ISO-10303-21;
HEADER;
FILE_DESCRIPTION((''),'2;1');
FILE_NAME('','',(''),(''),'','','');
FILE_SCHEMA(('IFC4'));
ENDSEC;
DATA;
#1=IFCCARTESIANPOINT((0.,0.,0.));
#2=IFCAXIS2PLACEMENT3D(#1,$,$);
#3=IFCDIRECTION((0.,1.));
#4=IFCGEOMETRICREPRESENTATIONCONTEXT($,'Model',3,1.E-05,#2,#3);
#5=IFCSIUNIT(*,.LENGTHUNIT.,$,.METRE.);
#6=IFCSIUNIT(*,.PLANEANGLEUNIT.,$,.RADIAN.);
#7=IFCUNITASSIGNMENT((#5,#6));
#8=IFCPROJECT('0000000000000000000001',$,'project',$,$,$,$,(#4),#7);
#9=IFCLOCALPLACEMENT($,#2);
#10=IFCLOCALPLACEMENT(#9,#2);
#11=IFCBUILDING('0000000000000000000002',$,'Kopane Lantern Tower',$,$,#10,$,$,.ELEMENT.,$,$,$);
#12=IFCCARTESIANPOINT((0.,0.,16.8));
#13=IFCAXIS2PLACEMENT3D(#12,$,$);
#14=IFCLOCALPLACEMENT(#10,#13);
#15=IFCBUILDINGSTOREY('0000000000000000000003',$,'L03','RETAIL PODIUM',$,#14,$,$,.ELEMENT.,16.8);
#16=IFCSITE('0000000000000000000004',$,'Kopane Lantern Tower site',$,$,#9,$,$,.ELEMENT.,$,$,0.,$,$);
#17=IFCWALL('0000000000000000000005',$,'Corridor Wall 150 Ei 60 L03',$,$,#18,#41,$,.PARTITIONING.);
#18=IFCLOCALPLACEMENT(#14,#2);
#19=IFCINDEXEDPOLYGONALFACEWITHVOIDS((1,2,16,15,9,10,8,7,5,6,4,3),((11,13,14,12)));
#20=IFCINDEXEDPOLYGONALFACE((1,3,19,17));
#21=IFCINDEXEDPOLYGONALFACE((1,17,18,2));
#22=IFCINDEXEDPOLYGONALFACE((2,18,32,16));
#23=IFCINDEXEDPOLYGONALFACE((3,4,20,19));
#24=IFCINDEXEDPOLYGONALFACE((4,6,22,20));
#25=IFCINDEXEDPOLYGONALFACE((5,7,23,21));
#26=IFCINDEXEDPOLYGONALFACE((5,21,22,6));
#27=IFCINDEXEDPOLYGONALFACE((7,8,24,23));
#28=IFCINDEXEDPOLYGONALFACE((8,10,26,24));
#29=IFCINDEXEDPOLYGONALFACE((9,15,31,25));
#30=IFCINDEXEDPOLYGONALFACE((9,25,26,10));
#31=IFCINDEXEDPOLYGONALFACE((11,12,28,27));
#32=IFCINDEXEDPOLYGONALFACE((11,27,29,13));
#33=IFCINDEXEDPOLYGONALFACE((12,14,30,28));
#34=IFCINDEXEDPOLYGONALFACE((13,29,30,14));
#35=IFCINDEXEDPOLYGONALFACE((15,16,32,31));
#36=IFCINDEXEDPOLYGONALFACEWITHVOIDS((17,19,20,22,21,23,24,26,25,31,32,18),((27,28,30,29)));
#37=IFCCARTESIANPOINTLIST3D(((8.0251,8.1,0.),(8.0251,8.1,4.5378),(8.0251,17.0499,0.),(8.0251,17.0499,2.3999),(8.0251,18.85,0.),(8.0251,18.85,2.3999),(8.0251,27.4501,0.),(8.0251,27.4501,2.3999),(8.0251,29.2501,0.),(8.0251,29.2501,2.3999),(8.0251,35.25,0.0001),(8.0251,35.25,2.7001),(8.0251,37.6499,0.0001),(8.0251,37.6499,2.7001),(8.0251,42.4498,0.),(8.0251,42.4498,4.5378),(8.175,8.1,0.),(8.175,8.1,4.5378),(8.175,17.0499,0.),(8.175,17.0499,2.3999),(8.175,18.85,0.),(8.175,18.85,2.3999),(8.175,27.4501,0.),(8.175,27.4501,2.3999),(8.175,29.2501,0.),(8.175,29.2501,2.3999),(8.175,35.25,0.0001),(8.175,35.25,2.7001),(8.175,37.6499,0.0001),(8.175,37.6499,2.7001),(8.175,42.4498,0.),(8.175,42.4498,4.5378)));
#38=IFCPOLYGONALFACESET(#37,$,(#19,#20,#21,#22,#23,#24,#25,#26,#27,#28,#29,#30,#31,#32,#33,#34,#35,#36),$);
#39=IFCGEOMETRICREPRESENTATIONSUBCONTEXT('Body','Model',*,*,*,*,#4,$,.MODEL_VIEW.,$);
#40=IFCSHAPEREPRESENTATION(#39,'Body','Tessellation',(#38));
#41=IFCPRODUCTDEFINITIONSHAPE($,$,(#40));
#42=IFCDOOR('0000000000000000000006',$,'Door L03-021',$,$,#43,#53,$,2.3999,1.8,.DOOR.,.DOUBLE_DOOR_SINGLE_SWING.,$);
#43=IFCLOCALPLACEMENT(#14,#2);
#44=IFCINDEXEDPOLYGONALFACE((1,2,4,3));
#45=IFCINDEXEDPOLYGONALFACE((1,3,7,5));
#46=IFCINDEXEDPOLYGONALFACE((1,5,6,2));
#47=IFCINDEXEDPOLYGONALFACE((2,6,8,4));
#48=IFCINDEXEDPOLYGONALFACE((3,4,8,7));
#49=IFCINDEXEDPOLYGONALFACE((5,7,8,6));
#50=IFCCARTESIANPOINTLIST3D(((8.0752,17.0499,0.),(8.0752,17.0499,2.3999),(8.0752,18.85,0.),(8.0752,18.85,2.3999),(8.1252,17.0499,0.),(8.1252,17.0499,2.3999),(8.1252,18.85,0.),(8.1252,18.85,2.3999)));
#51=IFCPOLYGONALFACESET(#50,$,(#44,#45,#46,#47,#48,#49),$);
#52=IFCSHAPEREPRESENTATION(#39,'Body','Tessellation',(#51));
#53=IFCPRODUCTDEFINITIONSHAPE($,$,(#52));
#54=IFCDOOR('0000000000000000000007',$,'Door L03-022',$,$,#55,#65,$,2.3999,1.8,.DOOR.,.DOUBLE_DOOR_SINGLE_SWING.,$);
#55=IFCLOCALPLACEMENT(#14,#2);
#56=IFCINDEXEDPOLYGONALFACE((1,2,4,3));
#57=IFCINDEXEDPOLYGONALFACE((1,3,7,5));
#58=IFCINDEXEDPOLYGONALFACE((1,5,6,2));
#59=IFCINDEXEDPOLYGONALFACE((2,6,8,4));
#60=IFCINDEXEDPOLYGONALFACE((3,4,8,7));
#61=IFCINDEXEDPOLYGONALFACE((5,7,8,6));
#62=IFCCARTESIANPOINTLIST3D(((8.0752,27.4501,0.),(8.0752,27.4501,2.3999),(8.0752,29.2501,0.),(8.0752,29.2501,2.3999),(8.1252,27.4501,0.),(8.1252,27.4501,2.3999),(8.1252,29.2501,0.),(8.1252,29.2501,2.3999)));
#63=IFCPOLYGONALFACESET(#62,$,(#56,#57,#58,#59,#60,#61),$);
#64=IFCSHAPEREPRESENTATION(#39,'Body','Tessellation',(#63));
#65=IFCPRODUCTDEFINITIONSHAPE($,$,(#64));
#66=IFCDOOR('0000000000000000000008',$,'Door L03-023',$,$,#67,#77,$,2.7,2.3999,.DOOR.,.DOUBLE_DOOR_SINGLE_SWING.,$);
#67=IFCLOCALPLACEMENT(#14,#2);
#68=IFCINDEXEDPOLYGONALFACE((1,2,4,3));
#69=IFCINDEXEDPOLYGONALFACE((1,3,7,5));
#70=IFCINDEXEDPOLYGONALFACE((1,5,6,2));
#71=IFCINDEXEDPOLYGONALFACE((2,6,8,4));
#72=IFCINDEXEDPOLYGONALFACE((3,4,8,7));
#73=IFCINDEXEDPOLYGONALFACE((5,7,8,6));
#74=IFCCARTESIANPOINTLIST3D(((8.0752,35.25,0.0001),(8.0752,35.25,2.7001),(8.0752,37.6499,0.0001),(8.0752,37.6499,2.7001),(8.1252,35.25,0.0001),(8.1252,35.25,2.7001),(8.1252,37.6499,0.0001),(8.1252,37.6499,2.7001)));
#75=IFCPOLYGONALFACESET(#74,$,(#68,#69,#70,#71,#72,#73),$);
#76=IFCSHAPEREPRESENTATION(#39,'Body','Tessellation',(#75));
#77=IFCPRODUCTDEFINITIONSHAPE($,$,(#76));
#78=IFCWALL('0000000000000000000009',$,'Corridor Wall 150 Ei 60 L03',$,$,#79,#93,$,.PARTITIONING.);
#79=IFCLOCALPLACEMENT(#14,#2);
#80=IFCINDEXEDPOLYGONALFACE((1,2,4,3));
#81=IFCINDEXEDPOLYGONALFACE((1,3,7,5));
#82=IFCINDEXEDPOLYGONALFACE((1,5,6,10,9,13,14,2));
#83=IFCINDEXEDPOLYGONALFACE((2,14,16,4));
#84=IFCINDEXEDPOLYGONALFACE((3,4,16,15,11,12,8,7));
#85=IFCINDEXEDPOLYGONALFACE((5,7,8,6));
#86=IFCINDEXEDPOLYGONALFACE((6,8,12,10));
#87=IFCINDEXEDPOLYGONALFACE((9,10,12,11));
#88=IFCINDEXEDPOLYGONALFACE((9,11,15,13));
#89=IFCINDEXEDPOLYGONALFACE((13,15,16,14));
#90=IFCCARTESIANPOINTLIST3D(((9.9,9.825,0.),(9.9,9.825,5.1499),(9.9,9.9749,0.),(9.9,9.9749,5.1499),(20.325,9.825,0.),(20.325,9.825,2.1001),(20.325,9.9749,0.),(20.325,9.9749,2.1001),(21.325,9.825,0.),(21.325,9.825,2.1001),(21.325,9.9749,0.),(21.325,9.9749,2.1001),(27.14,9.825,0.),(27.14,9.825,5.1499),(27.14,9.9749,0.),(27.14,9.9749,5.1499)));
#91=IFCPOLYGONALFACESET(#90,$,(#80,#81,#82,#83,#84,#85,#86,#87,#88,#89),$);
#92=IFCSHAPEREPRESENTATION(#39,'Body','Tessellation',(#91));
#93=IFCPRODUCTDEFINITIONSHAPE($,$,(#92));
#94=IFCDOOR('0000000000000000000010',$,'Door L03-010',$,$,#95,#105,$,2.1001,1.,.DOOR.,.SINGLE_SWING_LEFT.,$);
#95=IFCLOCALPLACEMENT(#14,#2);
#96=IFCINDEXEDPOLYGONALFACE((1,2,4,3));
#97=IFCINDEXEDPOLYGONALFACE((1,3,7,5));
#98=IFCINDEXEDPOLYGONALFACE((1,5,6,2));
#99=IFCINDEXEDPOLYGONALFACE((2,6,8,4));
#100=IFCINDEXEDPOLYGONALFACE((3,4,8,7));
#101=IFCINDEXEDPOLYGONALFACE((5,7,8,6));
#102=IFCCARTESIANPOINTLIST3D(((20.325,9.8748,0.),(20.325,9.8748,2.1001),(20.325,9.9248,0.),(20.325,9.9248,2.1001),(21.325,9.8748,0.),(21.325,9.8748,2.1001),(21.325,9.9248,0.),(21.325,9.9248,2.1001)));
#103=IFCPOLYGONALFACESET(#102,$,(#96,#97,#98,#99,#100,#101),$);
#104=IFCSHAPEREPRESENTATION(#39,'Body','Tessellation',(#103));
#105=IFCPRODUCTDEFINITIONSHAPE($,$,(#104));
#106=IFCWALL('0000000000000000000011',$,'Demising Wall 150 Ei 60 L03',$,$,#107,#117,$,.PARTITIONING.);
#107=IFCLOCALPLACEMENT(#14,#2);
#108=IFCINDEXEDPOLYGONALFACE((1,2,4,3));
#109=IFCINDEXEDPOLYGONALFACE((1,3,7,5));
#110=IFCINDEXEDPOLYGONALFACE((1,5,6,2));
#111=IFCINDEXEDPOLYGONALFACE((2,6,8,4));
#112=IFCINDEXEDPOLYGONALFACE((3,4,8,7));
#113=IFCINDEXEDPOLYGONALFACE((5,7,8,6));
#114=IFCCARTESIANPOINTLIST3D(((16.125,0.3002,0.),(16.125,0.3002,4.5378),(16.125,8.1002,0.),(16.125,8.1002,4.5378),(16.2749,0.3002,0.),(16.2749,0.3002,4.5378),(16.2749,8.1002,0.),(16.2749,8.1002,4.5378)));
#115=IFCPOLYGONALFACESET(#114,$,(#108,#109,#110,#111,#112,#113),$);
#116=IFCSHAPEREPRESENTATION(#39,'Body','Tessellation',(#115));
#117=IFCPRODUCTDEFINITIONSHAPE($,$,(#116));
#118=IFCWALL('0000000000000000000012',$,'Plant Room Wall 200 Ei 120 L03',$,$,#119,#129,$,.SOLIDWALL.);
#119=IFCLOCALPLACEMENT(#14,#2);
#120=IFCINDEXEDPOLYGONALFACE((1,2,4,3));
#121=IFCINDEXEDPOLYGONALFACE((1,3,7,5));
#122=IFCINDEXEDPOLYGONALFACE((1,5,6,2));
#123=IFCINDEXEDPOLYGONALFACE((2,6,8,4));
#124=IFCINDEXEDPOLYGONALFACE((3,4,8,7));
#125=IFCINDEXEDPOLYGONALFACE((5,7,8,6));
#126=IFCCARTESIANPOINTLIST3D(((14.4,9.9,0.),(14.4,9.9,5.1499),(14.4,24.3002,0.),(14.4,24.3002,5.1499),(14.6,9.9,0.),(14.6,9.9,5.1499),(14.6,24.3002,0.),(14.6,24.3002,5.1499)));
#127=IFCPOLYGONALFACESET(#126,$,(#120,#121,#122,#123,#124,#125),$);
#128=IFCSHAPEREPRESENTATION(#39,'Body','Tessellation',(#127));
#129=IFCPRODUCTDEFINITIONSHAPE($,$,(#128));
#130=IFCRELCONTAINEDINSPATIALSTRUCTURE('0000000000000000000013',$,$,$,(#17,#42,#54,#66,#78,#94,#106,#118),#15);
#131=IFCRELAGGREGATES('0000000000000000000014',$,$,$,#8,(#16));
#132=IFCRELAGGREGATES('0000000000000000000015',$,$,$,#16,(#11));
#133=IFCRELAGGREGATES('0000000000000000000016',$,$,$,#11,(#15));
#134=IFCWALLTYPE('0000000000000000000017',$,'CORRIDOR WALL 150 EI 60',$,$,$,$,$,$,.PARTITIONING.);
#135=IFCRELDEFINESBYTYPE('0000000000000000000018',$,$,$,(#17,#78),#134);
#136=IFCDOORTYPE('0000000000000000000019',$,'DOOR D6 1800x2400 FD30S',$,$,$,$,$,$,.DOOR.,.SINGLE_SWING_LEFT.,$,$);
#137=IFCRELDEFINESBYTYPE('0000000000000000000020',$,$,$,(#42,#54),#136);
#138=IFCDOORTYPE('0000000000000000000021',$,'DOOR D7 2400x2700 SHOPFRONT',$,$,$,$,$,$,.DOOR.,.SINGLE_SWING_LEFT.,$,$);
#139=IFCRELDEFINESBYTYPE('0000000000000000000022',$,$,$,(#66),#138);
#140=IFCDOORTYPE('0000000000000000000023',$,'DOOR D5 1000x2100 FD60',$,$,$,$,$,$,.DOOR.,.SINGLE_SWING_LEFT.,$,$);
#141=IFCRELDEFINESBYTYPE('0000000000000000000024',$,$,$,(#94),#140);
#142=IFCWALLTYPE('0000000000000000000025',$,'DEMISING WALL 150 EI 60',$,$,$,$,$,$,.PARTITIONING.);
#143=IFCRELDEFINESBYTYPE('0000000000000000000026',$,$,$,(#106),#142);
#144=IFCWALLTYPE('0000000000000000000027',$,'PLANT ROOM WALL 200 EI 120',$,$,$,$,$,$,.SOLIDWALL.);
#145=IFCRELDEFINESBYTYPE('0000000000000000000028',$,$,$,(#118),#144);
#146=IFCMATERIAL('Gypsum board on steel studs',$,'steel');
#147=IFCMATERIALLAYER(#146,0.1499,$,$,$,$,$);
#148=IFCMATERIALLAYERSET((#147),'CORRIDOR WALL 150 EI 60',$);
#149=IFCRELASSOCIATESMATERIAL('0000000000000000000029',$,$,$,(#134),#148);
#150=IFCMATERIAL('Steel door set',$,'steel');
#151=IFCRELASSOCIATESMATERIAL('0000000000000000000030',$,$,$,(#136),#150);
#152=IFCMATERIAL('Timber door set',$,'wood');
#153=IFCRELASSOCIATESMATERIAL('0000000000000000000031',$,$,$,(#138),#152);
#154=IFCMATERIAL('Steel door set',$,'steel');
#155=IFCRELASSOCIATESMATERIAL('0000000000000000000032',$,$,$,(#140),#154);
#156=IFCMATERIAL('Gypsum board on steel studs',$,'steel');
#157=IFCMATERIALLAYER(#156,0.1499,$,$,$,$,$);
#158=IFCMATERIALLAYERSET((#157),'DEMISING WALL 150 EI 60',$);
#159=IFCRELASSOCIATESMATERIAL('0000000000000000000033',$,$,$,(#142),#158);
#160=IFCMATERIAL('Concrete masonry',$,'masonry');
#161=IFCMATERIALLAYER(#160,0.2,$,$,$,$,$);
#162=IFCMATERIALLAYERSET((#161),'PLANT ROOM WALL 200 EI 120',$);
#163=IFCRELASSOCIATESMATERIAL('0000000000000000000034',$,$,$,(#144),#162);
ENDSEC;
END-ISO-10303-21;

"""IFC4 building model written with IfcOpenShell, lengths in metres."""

from ifc_helpers import new_model, si_unit, direction, frame, frame_2d, origin, place, context, subcontext, project, spatial, rectangle, extrude, material, layer, layer_set, type_object, element, fill, save


model = new_model("IFC4")

# Units and contexts
model_context = context("Model", 3, precision=1e-05, world=origin(), true_north=direction((0.0, 1.0)))
body_context = subcontext(model_context, "Body", "Model", "MODEL_VIEW")
ifc_project = project(units=[si_unit("LENGTHUNIT", "METRE"), si_unit("PLANEANGLEUNIT", "RADIAN")], contexts=[model_context])

# Site, building, storey
site_placement = place(None, origin())
site = spatial("IfcSite", under=ifc_project, at=site_placement, Name="Kopane Lantern Tower site", CompositionType="ELEMENT", RefElevation=0.0)
building_placement = place(site_placement, origin())
building = spatial("IfcBuilding", under=site, at=building_placement, Name="Kopane Lantern Tower", CompositionType="ELEMENT")
storey_placement = place(building_placement, frame((0.0, 0.0, 16.8)))
storey = spatial("IfcBuildingStorey", under=building, at=storey_placement, Name="L03", Description="RETAIL PODIUM", CompositionType="ELEMENT", Elevation=16.8)

# Wall, openings, doors
ifc_material_1 = material(Name="Gypsum board on steel studs", Category="steel")
ifc_layer_1 = layer(ifc_material_1, 0.1499)
ifc_layer_set_1 = layer_set([ifc_layer_1], Name="CORRIDOR WALL 150 EI 60")
wall_type_1 = type_object("IfcWallType", Name="CORRIDOR WALL 150 EI 60", PredefinedType="PARTITIONING", material=ifc_layer_set_1)
ifc_material_2 = material(Name="Steel door set", Category="steel")
door_type_1 = type_object("IfcDoorType", Name="DOOR D6 1800x2400 FD30S", OperationType="SINGLE_SWING_LEFT", PredefinedType="DOOR", material=ifc_material_2)
ifc_material_3 = material(Name="Timber door set", Category="wood")
door_type_2 = type_object("IfcDoorType", Name="DOOR D7 2400x2700 SHOPFRONT", OperationType="SINGLE_SWING_LEFT", PredefinedType="DOOR", material=ifc_material_3)
wall_1_placement = place(storey_placement, frame((8.1001, 8.1001, 0.0), z_axis=(0.0, 0.0, 1.0), x_axis=(0.0, 1.0, 0.0)))
wall_1 = element("IfcWall", 1, at=wall_1_placement, inside=storey, type_object=wall_type_1, Name="Corridor Wall 150 Ei 60 L03", PredefinedType="PARTITIONING", context=body_context, shape_type="SweptSolid", body=[
    extrude(rectangle(XDim=34.3499, YDim=0.1499, at=frame_2d((17.1748, 0.0))), origin(), (0.0, 0.0, 1.0), 4.5378),
])
opening_1_placement = place(wall_1_placement, frame((8.95, 0.0, 0.0)))
opening_1 = element("IfcOpeningElement", 2, at=opening_1_placement, cuts=wall_1, PredefinedType="OPENING", context=body_context, shape_type="SweptSolid", body=[
    extrude(rectangle(XDim=1.8, YDim=2.3999, at=frame_2d((0.8999, 1.2))), frame((0.0, 0.085, 0.0), z_axis=(0.0, -1.0, 0.0), x_axis=(1.0, 0.0, 0.0)), (0.0, 0.0, 1.0), 0.1699),
])
opening_2_placement = place(wall_1_placement, frame((19.3501, 0.0, 0.0)))
opening_2 = element("IfcOpeningElement", 3, at=opening_2_placement, cuts=wall_1, PredefinedType="OPENING", context=body_context, shape_type="SweptSolid", body=[
    extrude(rectangle(XDim=1.8, YDim=2.3999, at=frame_2d((0.8999, 1.2))), frame((0.0, 0.085, 0.0), z_axis=(0.0, -1.0, 0.0), x_axis=(1.0, 0.0, 0.0)), (0.0, 0.0, 1.0), 0.1699),
])
opening_3_placement = place(wall_1_placement, frame((27.1499, 0.0, 0.0)))
opening_3 = element("IfcOpeningElement", 4, at=opening_3_placement, cuts=wall_1, PredefinedType="OPENING", context=body_context, shape_type="SweptSolid", body=[
    extrude(rectangle(XDim=2.3999, YDim=2.7, at=frame_2d((1.2, 1.3501))), frame((0.0, 0.085, 0.0), z_axis=(0.0, -1.0, 0.0), x_axis=(1.0, 0.0, 0.0)), (0.0, 0.0, 1.0), 0.1699),
])
door_1_placement = place(opening_1_placement, origin())
door_1 = element("IfcDoor", 5, at=door_1_placement, inside=storey, type_object=door_type_1, Name="Door L03-021", OperationType="DOUBLE_DOOR_SINGLE_SWING", OverallHeight=2.3999, OverallWidth=1.8, PredefinedType="DOOR", context=body_context, shape_type="SweptSolid", body=[
    extrude(rectangle(XDim=1.8, YDim=2.3999, at=frame_2d((0.8999, 1.2))), frame((0.0, 0.0249, 0.0), z_axis=(0.0, -1.0, 0.0), x_axis=(1.0, 0.0, 0.0)), (0.0, 0.0, 1.0), 0.05),
])
fill(opening_1, door_1)
door_2_placement = place(opening_2_placement, origin())
door_2 = element("IfcDoor", 6, at=door_2_placement, inside=storey, type_object=door_type_1, Name="Door L03-022", OperationType="DOUBLE_DOOR_SINGLE_SWING", OverallHeight=2.3999, OverallWidth=1.8, PredefinedType="DOOR", context=body_context, shape_type="SweptSolid", body=[
    extrude(rectangle(XDim=1.8, YDim=2.3999, at=frame_2d((0.8999, 1.2))), frame((0.0, 0.0249, 0.0), z_axis=(0.0, -1.0, 0.0), x_axis=(1.0, 0.0, 0.0)), (0.0, 0.0, 1.0), 0.05),
])
fill(opening_2, door_2)
door_3_placement = place(opening_3_placement, origin())
door_3 = element("IfcDoor", 7, at=door_3_placement, inside=storey, type_object=door_type_2, Name="Door L03-023", OperationType="DOUBLE_DOOR_SINGLE_SWING", OverallHeight=2.7, OverallWidth=2.3999, PredefinedType="DOOR", context=body_context, shape_type="SweptSolid", body=[
    extrude(rectangle(XDim=2.3999, YDim=2.7, at=frame_2d((1.2, 1.3501))), frame((0.0, 0.0249, 0.0), z_axis=(0.0, -1.0, 0.0), x_axis=(1.0, 0.0, 0.0)), (0.0, 0.0, 1.0), 0.05),
])
fill(opening_3, door_3)

# Wall, opening, door
wall_2_placement = place(storey_placement, frame((9.8999, 9.8999, 0.0), z_axis=(0.0, 0.0, 1.0), x_axis=(1.0, 0.0, 0.0)))
wall_2 = element("IfcWall", 8, at=wall_2_placement, inside=storey, type_object=wall_type_1, Name="Corridor Wall 150 Ei 60 L03", PredefinedType="PARTITIONING", context=body_context, shape_type="SweptSolid", body=[
    extrude(rectangle(XDim=17.24, YDim=0.1499, at=frame_2d((8.6201, 0.0))), origin(), (0.0, 0.0, 1.0), 5.1499),
])
opening_4_placement = place(wall_2_placement, frame((10.425, 0.0, 0.0)))
opening_4 = element("IfcOpeningElement", 9, at=opening_4_placement, cuts=wall_2, PredefinedType="OPENING", context=body_context, shape_type="SweptSolid", body=[
    extrude(rectangle(XDim=1.0, YDim=2.1001, at=frame_2d((0.5, 1.05))), frame((0.0, 0.085, 0.0), z_axis=(0.0, -1.0, 0.0), x_axis=(1.0, 0.0, 0.0)), (0.0, 0.0, 1.0), 0.1699),
])
ifc_material_4 = material(Name="Steel door set", Category="steel")
door_type_3 = type_object("IfcDoorType", Name="DOOR D5 1000x2100 FD60", OperationType="SINGLE_SWING_LEFT", PredefinedType="DOOR", material=ifc_material_4)
door_4_placement = place(opening_4_placement, origin())
door_4 = element("IfcDoor", 10, at=door_4_placement, inside=storey, type_object=door_type_3, Name="Door L03-010", OperationType="SINGLE_SWING_LEFT", OverallHeight=2.1001, OverallWidth=1.0, PredefinedType="DOOR", context=body_context, shape_type="SweptSolid", body=[
    extrude(rectangle(XDim=1.0, YDim=2.1001, at=frame_2d((0.5, 1.05))), frame((0.0, 0.0249, 0.0), z_axis=(0.0, -1.0, 0.0), x_axis=(1.0, 0.0, 0.0)), (0.0, 0.0, 1.0), 0.05),
])
fill(opening_4, door_4)

# Walls
ifc_material_5 = material(Name="Gypsum board on steel studs", Category="steel")
ifc_layer_2 = layer(ifc_material_5, 0.1499)
ifc_layer_set_2 = layer_set([ifc_layer_2], Name="DEMISING WALL 150 EI 60")
wall_type_2 = type_object("IfcWallType", Name="DEMISING WALL 150 EI 60", PredefinedType="PARTITIONING", material=ifc_layer_set_2)
wall_3_placement = place(storey_placement, frame((16.2, 8.1001, 0.0), z_axis=(0.0, 0.0, 1.0), x_axis=(0.0, -1.0, 0.0)))
element("IfcWall", 11, at=wall_3_placement, inside=storey, type_object=wall_type_2, Name="Demising Wall 150 Ei 60 L03", PredefinedType="PARTITIONING", context=body_context, shape_type="SweptSolid", body=[
    extrude(rectangle(XDim=7.8, YDim=0.1499, at=frame_2d((3.8999, 0.0))), origin(), (0.0, 0.0, 1.0), 4.5378),
])
ifc_material_6 = material(Name="Concrete masonry", Category="masonry")
ifc_layer_3 = layer(ifc_material_6, 0.2)
ifc_layer_set_3 = layer_set([ifc_layer_3], Name="PLANT ROOM WALL 200 EI 120")
wall_type_3 = type_object("IfcWallType", Name="PLANT ROOM WALL 200 EI 120", PredefinedType="SOLIDWALL", material=ifc_layer_set_3)
wall_4_placement = place(storey_placement, frame((14.5, 9.8999, 0.0), z_axis=(0.0, 0.0, 1.0), x_axis=(0.0, 1.0, 0.0)))
element("IfcWall", 12, at=wall_4_placement, inside=storey, type_object=wall_type_3, Name="Plant Room Wall 200 Ei 120 L03", PredefinedType="SOLIDWALL", context=body_context, shape_type="SweptSolid", body=[
    extrude(rectangle(XDim=14.4001, YDim=0.2, at=frame_2d((7.2002, 0.0))), origin(), (0.0, 0.0, 1.0), 5.1499),
])

save(model, "model.ifc")
